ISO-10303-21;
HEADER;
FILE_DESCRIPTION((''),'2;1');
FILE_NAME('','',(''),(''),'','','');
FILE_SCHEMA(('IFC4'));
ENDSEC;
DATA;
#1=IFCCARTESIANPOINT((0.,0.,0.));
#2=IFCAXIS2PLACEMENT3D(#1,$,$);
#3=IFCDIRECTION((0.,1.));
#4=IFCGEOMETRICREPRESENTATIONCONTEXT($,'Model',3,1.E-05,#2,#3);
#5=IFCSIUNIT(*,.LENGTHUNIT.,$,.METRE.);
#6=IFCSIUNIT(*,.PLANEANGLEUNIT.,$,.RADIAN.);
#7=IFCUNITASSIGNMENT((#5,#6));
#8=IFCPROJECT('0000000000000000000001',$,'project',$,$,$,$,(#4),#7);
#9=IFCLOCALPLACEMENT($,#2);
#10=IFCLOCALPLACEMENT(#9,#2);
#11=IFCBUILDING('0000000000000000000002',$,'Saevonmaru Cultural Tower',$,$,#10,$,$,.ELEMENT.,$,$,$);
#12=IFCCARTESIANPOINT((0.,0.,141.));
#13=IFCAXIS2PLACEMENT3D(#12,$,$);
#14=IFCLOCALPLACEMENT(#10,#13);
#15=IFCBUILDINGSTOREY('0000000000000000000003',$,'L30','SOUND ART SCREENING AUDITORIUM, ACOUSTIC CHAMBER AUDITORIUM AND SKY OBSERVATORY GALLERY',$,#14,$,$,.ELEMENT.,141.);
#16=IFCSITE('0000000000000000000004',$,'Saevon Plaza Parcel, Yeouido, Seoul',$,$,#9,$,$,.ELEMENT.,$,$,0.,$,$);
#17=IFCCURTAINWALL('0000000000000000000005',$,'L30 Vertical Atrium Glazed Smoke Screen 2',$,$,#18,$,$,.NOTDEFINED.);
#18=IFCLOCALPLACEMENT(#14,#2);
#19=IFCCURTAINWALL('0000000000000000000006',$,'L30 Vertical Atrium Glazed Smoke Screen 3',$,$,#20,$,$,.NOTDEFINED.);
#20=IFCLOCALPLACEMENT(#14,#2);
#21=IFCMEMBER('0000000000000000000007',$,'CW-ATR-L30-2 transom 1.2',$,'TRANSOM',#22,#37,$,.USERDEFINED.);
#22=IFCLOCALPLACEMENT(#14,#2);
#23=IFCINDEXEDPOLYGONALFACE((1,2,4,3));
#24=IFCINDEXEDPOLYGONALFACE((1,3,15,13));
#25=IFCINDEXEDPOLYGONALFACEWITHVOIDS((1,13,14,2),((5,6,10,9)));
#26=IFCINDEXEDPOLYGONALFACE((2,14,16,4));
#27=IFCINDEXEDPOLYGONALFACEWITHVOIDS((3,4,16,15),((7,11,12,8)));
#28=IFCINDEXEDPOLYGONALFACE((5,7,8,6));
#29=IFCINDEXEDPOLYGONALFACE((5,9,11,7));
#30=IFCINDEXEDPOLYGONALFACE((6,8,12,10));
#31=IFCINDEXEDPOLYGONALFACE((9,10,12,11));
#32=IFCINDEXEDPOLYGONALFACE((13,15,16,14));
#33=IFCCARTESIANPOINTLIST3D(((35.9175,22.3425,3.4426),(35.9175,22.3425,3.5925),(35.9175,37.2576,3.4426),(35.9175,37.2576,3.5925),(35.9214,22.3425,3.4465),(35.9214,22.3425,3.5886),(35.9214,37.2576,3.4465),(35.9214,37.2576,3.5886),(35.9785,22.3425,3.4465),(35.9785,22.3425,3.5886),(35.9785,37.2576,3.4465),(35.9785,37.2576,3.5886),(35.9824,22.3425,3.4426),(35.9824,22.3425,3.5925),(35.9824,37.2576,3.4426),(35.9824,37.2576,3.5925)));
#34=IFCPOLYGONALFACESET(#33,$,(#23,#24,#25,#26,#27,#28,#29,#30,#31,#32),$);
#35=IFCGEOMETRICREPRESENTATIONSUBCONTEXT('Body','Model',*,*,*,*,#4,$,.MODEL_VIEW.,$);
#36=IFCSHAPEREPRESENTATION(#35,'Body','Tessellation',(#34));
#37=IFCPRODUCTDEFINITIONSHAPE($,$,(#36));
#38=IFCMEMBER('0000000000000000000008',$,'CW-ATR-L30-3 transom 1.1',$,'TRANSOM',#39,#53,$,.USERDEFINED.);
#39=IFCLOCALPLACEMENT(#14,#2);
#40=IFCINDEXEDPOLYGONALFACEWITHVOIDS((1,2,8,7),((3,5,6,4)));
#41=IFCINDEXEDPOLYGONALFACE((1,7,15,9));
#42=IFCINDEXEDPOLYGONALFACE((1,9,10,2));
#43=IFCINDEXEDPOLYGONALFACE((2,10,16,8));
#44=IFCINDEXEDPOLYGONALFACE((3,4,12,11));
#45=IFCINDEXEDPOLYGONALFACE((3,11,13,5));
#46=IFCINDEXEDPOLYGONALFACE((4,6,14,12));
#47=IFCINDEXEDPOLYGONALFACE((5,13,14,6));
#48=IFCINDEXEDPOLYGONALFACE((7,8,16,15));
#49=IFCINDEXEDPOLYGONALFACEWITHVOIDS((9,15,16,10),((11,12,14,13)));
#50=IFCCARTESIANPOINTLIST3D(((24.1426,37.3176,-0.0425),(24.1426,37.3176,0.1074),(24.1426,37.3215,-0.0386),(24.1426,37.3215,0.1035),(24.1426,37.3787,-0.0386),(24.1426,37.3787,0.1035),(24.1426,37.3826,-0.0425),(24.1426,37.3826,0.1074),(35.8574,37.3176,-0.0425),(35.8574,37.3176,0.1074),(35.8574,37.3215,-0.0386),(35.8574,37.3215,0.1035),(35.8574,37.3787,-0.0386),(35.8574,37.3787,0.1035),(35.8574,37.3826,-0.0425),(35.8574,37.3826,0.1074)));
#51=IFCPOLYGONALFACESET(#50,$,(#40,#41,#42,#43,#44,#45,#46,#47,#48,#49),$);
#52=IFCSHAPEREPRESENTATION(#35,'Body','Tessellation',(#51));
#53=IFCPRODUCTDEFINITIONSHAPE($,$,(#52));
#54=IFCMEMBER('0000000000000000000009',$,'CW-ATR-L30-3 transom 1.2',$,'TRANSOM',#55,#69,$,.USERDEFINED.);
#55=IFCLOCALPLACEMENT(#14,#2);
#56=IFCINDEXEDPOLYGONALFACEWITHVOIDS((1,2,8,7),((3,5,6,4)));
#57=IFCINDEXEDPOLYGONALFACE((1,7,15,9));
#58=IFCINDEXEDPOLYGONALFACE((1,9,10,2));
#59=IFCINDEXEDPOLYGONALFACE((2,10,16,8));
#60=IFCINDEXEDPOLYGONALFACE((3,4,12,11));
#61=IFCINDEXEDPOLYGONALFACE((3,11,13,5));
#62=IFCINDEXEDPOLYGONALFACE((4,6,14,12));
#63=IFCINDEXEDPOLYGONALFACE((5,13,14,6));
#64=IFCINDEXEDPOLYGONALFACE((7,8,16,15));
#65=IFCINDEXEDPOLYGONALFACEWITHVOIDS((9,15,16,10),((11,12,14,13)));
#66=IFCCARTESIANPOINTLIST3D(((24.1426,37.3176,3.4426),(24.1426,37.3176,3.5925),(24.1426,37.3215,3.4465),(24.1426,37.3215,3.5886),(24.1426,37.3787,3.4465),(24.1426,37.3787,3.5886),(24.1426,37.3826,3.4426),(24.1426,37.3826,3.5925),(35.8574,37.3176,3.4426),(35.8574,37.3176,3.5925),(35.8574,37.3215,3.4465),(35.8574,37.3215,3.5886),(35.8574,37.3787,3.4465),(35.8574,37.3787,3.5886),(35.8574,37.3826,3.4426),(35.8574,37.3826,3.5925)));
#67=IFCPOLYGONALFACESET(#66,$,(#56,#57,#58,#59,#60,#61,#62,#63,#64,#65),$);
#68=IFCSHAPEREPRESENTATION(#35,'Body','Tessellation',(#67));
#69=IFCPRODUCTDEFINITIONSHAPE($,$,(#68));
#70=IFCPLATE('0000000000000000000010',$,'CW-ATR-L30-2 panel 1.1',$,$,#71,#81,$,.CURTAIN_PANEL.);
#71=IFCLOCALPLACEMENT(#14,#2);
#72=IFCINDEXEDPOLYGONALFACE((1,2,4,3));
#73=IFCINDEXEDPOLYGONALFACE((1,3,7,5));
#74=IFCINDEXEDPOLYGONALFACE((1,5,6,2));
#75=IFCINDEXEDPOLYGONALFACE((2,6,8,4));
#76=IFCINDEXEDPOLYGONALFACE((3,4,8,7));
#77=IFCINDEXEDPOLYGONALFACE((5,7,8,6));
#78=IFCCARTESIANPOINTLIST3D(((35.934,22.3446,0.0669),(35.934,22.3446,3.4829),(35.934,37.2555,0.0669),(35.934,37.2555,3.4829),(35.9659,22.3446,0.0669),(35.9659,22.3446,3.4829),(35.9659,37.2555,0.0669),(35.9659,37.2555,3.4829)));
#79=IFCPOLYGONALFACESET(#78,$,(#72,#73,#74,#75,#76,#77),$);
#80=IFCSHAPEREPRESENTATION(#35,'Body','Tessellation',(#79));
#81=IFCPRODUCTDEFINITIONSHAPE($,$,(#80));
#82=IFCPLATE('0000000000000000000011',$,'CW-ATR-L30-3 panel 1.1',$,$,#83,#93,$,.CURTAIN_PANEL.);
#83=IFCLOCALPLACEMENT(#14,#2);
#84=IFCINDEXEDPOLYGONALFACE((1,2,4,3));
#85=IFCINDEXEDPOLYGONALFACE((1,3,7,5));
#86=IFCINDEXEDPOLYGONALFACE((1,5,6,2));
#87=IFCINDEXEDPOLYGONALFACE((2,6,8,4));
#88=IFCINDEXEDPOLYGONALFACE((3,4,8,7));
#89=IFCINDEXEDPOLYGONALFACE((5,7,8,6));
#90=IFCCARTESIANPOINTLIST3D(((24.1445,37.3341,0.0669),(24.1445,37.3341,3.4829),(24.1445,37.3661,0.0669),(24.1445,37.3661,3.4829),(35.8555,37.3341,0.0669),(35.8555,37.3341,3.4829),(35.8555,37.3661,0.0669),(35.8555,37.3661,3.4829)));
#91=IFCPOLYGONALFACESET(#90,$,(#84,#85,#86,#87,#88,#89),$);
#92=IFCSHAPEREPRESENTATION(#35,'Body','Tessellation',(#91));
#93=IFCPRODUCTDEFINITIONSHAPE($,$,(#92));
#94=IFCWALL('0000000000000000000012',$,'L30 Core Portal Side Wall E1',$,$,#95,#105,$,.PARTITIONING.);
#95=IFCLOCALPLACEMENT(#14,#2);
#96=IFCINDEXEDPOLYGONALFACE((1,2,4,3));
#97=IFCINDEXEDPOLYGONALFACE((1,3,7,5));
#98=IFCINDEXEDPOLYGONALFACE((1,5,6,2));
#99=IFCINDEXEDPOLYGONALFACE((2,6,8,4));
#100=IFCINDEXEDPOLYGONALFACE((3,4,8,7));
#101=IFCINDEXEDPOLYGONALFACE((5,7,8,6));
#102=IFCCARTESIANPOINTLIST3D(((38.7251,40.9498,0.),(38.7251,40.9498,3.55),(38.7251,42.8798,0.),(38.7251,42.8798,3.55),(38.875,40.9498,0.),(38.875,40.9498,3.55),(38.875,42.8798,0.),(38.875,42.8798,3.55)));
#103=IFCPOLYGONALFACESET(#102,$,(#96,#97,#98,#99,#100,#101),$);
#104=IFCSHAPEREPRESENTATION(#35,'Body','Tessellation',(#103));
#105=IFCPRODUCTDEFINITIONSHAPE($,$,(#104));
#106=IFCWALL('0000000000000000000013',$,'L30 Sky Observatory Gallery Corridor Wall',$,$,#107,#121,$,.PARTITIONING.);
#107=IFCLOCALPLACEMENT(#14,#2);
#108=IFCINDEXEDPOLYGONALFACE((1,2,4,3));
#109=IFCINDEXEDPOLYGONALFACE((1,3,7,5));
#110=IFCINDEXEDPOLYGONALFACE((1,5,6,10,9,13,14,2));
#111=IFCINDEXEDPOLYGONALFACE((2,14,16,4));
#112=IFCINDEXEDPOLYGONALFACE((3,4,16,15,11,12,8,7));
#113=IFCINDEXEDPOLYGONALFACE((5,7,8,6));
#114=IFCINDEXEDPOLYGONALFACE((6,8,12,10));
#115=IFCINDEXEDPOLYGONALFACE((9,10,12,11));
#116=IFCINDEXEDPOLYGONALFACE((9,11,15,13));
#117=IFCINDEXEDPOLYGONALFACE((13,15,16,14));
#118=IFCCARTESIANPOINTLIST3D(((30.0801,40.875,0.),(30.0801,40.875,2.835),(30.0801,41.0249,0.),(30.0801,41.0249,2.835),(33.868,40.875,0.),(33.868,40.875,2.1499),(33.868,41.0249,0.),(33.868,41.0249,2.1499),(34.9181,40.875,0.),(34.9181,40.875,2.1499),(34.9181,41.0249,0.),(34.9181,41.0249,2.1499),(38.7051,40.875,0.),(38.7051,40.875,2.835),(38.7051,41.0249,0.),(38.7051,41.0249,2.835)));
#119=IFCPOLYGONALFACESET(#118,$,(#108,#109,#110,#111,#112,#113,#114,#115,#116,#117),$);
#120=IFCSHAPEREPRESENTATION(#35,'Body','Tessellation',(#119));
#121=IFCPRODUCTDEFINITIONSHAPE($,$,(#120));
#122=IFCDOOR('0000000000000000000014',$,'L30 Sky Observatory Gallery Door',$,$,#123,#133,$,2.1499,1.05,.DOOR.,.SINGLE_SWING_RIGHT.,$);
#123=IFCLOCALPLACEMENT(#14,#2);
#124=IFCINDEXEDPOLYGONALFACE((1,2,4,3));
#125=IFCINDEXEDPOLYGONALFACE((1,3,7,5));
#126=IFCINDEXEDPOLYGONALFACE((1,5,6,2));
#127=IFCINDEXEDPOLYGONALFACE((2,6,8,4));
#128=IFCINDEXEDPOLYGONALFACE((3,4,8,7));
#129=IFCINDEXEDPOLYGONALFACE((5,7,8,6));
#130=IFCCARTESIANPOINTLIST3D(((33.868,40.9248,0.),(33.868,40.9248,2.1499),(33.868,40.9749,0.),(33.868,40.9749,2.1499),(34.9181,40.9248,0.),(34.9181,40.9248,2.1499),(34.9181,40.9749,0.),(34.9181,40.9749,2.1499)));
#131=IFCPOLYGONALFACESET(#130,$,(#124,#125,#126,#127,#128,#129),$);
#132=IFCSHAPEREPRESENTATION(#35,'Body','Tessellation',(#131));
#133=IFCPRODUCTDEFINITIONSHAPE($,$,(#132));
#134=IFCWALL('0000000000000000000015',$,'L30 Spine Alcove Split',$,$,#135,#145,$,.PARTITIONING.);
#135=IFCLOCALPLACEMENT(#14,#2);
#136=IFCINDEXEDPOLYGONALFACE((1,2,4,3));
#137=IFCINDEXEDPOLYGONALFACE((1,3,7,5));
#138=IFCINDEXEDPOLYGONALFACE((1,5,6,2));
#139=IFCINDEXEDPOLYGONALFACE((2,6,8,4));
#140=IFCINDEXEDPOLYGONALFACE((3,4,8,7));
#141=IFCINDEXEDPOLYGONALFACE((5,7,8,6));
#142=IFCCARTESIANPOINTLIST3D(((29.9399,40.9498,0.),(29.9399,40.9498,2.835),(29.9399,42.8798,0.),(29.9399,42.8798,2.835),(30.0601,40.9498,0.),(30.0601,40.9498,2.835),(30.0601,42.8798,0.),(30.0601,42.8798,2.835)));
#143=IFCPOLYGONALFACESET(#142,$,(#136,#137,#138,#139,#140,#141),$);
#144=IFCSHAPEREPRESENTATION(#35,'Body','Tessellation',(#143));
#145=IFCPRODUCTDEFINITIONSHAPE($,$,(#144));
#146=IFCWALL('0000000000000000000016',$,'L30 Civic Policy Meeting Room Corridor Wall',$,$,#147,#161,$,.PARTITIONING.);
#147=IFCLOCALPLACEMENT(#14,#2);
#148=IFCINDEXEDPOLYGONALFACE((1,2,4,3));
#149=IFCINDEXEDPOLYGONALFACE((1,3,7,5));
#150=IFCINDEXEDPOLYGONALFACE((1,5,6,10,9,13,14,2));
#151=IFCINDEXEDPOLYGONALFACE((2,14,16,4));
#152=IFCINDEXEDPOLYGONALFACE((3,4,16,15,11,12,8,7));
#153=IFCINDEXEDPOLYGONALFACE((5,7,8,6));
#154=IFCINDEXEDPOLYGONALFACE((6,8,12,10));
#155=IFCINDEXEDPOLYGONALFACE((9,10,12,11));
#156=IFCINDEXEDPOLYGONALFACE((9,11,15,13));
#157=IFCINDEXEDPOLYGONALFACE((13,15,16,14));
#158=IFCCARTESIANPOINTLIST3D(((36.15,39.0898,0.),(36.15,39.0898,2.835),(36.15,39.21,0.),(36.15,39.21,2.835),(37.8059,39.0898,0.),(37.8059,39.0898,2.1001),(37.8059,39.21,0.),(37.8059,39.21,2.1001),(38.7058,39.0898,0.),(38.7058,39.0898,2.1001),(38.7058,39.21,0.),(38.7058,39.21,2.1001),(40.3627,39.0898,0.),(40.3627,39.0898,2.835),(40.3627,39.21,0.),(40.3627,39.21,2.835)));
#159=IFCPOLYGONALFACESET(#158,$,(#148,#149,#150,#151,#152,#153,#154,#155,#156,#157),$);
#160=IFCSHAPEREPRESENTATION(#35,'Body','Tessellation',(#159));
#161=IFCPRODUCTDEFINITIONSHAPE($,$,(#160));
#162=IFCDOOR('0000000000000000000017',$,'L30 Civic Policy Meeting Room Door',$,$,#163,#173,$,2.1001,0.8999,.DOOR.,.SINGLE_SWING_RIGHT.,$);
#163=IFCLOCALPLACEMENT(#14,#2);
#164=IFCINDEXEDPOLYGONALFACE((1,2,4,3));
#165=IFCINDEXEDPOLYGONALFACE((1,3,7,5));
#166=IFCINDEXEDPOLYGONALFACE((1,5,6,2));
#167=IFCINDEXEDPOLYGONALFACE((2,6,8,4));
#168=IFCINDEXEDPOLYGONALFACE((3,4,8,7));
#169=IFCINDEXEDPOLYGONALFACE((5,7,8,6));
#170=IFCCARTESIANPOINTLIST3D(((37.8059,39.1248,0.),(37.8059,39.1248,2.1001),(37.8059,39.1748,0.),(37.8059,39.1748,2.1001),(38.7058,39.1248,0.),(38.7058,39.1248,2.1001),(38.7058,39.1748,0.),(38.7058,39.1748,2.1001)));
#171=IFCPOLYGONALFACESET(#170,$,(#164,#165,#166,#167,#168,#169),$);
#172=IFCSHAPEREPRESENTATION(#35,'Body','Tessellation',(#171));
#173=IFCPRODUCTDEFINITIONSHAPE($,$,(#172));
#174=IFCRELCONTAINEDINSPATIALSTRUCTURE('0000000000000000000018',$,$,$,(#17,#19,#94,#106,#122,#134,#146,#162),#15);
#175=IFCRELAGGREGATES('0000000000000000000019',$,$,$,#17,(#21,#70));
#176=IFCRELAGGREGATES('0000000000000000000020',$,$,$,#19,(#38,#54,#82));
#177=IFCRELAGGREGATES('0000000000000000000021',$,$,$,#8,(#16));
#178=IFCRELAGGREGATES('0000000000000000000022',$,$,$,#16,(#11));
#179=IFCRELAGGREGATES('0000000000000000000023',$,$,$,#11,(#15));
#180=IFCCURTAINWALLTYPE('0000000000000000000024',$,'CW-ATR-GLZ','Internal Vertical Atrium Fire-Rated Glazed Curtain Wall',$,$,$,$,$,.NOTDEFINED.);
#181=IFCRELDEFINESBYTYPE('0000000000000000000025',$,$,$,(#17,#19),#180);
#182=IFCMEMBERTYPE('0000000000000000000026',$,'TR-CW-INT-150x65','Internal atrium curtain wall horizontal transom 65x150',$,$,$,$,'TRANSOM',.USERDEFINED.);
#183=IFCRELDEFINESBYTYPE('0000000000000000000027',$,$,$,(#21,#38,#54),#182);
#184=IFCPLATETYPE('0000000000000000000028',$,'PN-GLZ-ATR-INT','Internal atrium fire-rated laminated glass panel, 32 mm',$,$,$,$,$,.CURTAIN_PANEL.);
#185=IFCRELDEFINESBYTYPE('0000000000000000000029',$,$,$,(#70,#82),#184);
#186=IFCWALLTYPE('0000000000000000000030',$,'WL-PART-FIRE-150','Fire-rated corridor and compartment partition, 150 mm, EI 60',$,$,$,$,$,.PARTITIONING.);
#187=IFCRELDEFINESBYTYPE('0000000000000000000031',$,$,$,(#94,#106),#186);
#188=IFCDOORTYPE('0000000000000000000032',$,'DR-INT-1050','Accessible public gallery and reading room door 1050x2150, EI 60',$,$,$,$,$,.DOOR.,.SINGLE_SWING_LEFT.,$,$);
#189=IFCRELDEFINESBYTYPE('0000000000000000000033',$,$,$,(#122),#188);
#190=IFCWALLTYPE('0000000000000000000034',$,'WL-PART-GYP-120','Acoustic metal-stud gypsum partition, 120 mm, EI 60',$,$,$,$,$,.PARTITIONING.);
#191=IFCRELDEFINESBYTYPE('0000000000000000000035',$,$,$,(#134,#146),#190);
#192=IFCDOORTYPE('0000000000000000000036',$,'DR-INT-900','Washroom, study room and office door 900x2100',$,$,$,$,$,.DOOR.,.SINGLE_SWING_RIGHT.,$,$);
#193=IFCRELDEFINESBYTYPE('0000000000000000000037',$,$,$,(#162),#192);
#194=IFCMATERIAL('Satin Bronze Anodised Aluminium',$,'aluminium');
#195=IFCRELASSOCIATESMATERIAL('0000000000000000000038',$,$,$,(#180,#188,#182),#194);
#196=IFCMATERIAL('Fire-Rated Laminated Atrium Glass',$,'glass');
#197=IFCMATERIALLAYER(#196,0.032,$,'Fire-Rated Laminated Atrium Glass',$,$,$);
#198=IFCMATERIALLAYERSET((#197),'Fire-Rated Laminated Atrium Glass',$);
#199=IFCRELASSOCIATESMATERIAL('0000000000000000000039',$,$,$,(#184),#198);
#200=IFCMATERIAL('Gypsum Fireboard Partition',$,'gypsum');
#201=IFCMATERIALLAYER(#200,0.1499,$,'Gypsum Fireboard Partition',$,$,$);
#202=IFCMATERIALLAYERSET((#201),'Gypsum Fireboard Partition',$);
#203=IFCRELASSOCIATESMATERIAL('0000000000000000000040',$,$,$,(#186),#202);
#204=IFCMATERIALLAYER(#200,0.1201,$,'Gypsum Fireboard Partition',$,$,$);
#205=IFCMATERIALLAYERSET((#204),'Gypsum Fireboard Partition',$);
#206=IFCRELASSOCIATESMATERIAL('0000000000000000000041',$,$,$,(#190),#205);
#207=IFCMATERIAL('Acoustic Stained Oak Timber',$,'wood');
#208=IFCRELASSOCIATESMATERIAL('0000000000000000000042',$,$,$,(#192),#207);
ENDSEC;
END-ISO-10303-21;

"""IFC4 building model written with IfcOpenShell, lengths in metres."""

from ifc_helpers import new_model, si_unit, direction, frame, frame_2d, origin, origin_2d, place, context, subcontext, project, spatial, rectangle, hollow_rectangle, extrude, material, layer, layer_set, material_profile, profile_set, type_object, element, fill, aggregate, save


model = new_model("IFC4")

# Units and contexts
model_context = context("Model", 3, precision=1e-05, world=origin(), true_north=direction((0.0, 1.0)))
body_context = subcontext(model_context, "Body", "Model", "MODEL_VIEW")
ifc_project = project(units=[si_unit("LENGTHUNIT", "METRE"), si_unit("PLANEANGLEUNIT", "RADIAN")], contexts=[model_context])

# Site, building, storey
site_placement = place(None, origin())
site = spatial("IfcSite", under=ifc_project, at=site_placement, Name="Saevon Plaza Parcel, Yeouido, Seoul", CompositionType="ELEMENT", RefElevation=0.0)
building_placement = place(site_placement, origin())
building = spatial("IfcBuilding", under=site, at=building_placement, Name="Saevonmaru Cultural Tower", CompositionType="ELEMENT")
storey_placement = place(building_placement, frame((0.0, 0.0, 141.0)))
storey = spatial("IfcBuildingStorey", under=building, at=storey_placement, Name="L30", Description="SOUND ART SCREENING AUDITORIUM, ACOUSTIC CHAMBER AUDITORIUM AND SKY OBSERVATORY GALLERY", CompositionType="ELEMENT", Elevation=141.0)

# Shared definitions
ifc_material_1 = material(Name="Satin Bronze Anodised Aluminium", Category="aluminium")
curtain_wall_type = type_object("IfcCurtainWallType", Name="CW-ATR-GLZ", Description="Internal Vertical Atrium Fire-Rated Glazed Curtain Wall", PredefinedType="NOTDEFINED", material=ifc_material_1)

# Curtain wall
curtain_wall_1_placement = place(storey_placement, origin())
curtain_wall_1 = element("IfcCurtainWall", 1, at=curtain_wall_1_placement, inside=storey, type_object=curtain_wall_type, Name="L30 Vertical Atrium Glazed Smoke Screen 2", PredefinedType="NOTDEFINED")

# Curtain wall
curtain_wall_2_placement = place(storey_placement, origin())
curtain_wall_2 = element("IfcCurtainWall", 2, at=curtain_wall_2_placement, inside=storey, type_object=curtain_wall_type, Name="L30 Vertical Atrium Glazed Smoke Screen 3", PredefinedType="NOTDEFINED")

# Members
ifc_material_profile_1 = material_profile(ifc_material_1, hollow_rectangle(XDim=0.0649, YDim=0.1499, WallThickness=0.0039, at=origin_2d()), Name="ALU-TRAN-150x65x4")
ifc_profile_set_1 = profile_set([ifc_material_profile_1], Name="Satin Bronze Anodised Aluminium")
member_type_1 = type_object("IfcMemberType", Name="TR-CW-INT-150x65", Description="Internal atrium curtain wall horizontal transom 65x150", ElementType="TRANSOM", PredefinedType="USERDEFINED", material=ifc_profile_set_1)
member_1_placement = place(storey_placement, frame((35.95, 22.3425, 3.5176), z_axis=(0.0, 1.0, 0.0), x_axis=(-1.0, 0.0, 0.0)))
member_1 = element("IfcMember", 3, at=member_1_placement, type_object=member_type_1, Name="CW-ATR-L30-2 transom 1.2", ObjectType="TRANSOM", PredefinedType="USERDEFINED", context=body_context, shape_type="SweptSolid", body=[
    extrude(hollow_rectangle(XDim=0.0649, YDim=0.1499, WallThickness=0.0039, at=origin_2d()), origin(), (0.0, 0.0, 1.0), 14.915),
])
member_2_placement = place(storey_placement, frame((35.8574, 37.3501, 0.0325), z_axis=(-1.0, 0.0, 0.0), x_axis=(0.0, -1.0, 0.0)))
member_2 = element("IfcMember", 4, at=member_2_placement, type_object=member_type_1, Name="CW-ATR-L30-3 transom 1.1", ObjectType="TRANSOM", PredefinedType="USERDEFINED", context=body_context, shape_type="SweptSolid", body=[
    extrude(hollow_rectangle(XDim=0.0649, YDim=0.1499, WallThickness=0.0039, at=origin_2d()), origin(), (0.0, 0.0, 1.0), 11.7148),
])
member_3_placement = place(storey_placement, frame((35.8574, 37.3501, 3.5176), z_axis=(-1.0, 0.0, 0.0), x_axis=(0.0, -1.0, 0.0)))
member_3 = element("IfcMember", 5, at=member_3_placement, type_object=member_type_1, Name="CW-ATR-L30-3 transom 1.2", ObjectType="TRANSOM", PredefinedType="USERDEFINED", context=body_context, shape_type="SweptSolid", body=[
    extrude(hollow_rectangle(XDim=0.0649, YDim=0.1499, WallThickness=0.0039, at=origin_2d()), origin(), (0.0, 0.0, 1.0), 11.7148),
])

# Plates
ifc_material_2 = material(Name="Fire-Rated Laminated Atrium Glass", Category="glass")
ifc_layer_1 = layer(ifc_material_2, 0.032, Name="Fire-Rated Laminated Atrium Glass")
ifc_layer_set_1 = layer_set([ifc_layer_1], Name="Fire-Rated Laminated Atrium Glass")
plate_type = type_object("IfcPlateType", Name="PN-GLZ-ATR-INT", Description="Internal atrium fire-rated laminated glass panel, 32 mm", PredefinedType="CURTAIN_PANEL", material=ifc_layer_set_1)
plate_1_placement = place(storey_placement, frame((35.95, 29.8, 0.0669), z_axis=(0.0, 0.0, 1.0), x_axis=(0.0, 1.0, 0.0)))
plate_1 = element("IfcPlate", 6, at=plate_1_placement, type_object=plate_type, Name="CW-ATR-L30-2 panel 1.1", PredefinedType="CURTAIN_PANEL", context=body_context, shape_type="SweptSolid", body=[
    extrude(rectangle(XDim=14.9109, YDim=0.032, at=origin_2d()), origin(), (0.0, 0.0, 1.0), 3.416),
])
aggregate(curtain_wall_1, [member_1, plate_1])
plate_2_placement = place(storey_placement, frame((30.0, 37.3501, 0.0669), z_axis=(0.0, 0.0, 1.0), x_axis=(-1.0, 0.0, 0.0)))
plate_2 = element("IfcPlate", 7, at=plate_2_placement, type_object=plate_type, Name="CW-ATR-L30-3 panel 1.1", PredefinedType="CURTAIN_PANEL", context=body_context, shape_type="SweptSolid", body=[
    extrude(rectangle(XDim=11.7109, YDim=0.032, at=origin_2d()), origin(), (0.0, 0.0, 1.0), 3.416),
])
aggregate(curtain_wall_2, [member_2, member_3, plate_2])

# Wall
ifc_material_3 = material(Name="Gypsum Fireboard Partition", Category="gypsum")
ifc_layer_2 = layer(ifc_material_3, 0.1499, Name="Gypsum Fireboard Partition")
ifc_layer_set_2 = layer_set([ifc_layer_2], Name="Gypsum Fireboard Partition")
wall_type_1 = type_object("IfcWallType", Name="WL-PART-FIRE-150", Description="Fire-rated corridor and compartment partition, 150 mm, EI 60", PredefinedType="PARTITIONING", material=ifc_layer_set_2)
wall_1_placement = place(storey_placement, frame((38.8, 40.95, 0.0), z_axis=(0.0, 0.0, 1.0), x_axis=(0.0, 1.0, 0.0)))
element("IfcWall", 8, at=wall_1_placement, inside=storey, type_object=wall_type_1, Name="L30 Core Portal Side Wall E1", PredefinedType="PARTITIONING", context=body_context, shape_type="SweptSolid", body=[
    extrude(rectangle(XDim=1.9299, YDim=0.1499, at=frame_2d((0.9648, 0.0))), origin(), (0.0, 0.0, 1.0), 3.55),
])

# Wall, opening, door
wall_2_placement = place(storey_placement, frame((30.0801, 40.95, 0.0), z_axis=(0.0, 0.0, 1.0), x_axis=(1.0, 0.0, 0.0)))
wall_2 = element("IfcWall", 9, at=wall_2_placement, inside=storey, type_object=wall_type_1, Name="L30 Sky Observatory Gallery Corridor Wall", PredefinedType="PARTITIONING", context=body_context, shape_type="SweptSolid", body=[
    extrude(rectangle(XDim=8.625, YDim=0.1499, at=frame_2d((4.3125, 0.0))), origin(), (0.0, 0.0, 1.0), 2.835),
])
opening_1_placement = place(wall_2_placement, frame((3.7881, 0.0, 0.0)))
opening_1 = element("IfcOpeningElement", 10, at=opening_1_placement, cuts=wall_2, PredefinedType="OPENING", context=body_context, shape_type="SweptSolid", body=[
    extrude(rectangle(XDim=1.05, YDim=2.1499, at=frame_2d((0.5249, 1.075))), frame((0.0, 0.085, 0.0), z_axis=(0.0, -1.0, 0.0), x_axis=(1.0, 0.0, 0.0)), (0.0, 0.0, 1.0), 0.1699),
])
door_type_1 = type_object("IfcDoorType", Name="DR-INT-1050", Description="Accessible public gallery and reading room door 1050x2150, EI 60", OperationType="SINGLE_SWING_LEFT", PredefinedType="DOOR", material=ifc_material_1)
door_1_placement = place(opening_1_placement, origin())
door_1 = element("IfcDoor", 11, at=door_1_placement, inside=storey, type_object=door_type_1, Name="L30 Sky Observatory Gallery Door", OperationType="SINGLE_SWING_RIGHT", OverallHeight=2.1499, OverallWidth=1.05, PredefinedType="DOOR", context=body_context, shape_type="SweptSolid", body=[
    extrude(rectangle(XDim=1.05, YDim=2.1499, at=frame_2d((0.5249, 1.075))), frame((0.0, 0.0249, 0.0), z_axis=(0.0, -1.0, 0.0), x_axis=(1.0, 0.0, 0.0)), (0.0, 0.0, 1.0), 0.05),
])
fill(opening_1, door_1)

# Wall
ifc_layer_3 = layer(ifc_material_3, 0.1201, Name="Gypsum Fireboard Partition")
ifc_layer_set_3 = layer_set([ifc_layer_3], Name="Gypsum Fireboard Partition")
wall_type_2 = type_object("IfcWallType", Name="WL-PART-GYP-120", Description="Acoustic metal-stud gypsum partition, 120 mm, EI 60", PredefinedType="PARTITIONING", material=ifc_layer_set_3)
wall_3_placement = place(storey_placement, frame((30.0, 40.95, 0.0), z_axis=(0.0, 0.0, 1.0), x_axis=(0.0, 1.0, 0.0)))
element("IfcWall", 12, at=wall_3_placement, inside=storey, type_object=wall_type_2, Name="L30 Spine Alcove Split", PredefinedType="PARTITIONING", context=body_context, shape_type="SweptSolid", body=[
    extrude(rectangle(XDim=1.9299, YDim=0.1201, at=frame_2d((0.9648, 0.0))), origin(), (0.0, 0.0, 1.0), 2.835),
])

# Wall, opening, door
wall_4_placement = place(storey_placement, frame((36.1499, 39.1499, 0.0), z_axis=(0.0, 0.0, 1.0), x_axis=(1.0, 0.0, 0.0)))
wall_4 = element("IfcWall", 13, at=wall_4_placement, inside=storey, type_object=wall_type_2, Name="L30 Civic Policy Meeting Room Corridor Wall", PredefinedType="PARTITIONING", context=body_context, shape_type="SweptSolid", body=[
    extrude(rectangle(XDim=4.2126, YDim=0.1201, at=frame_2d((2.1064, 0.0))), origin(), (0.0, 0.0, 1.0), 2.835),
])
opening_2_placement = place(wall_4_placement, frame((1.656, 0.0, 0.0)))
opening_2 = element("IfcOpeningElement", 14, at=opening_2_placement, cuts=wall_4, PredefinedType="OPENING", context=body_context, shape_type="SweptSolid", body=[
    extrude(rectangle(XDim=0.8999, YDim=2.1001, at=frame_2d((0.45, 1.05))), frame((0.0, 0.0701, 0.0), z_axis=(0.0, -1.0, 0.0), x_axis=(1.0, 0.0, 0.0)), (0.0, 0.0, 1.0), 0.1401),
])
ifc_material_4 = material(Name="Acoustic Stained Oak Timber", Category="wood")
door_type_2 = type_object("IfcDoorType", Name="DR-INT-900", Description="Washroom, study room and office door 900x2100", OperationType="SINGLE_SWING_RIGHT", PredefinedType="DOOR", material=ifc_material_4)
door_2_placement = place(opening_2_placement, origin())
door_2 = element("IfcDoor", 15, at=door_2_placement, inside=storey, type_object=door_type_2, Name="L30 Civic Policy Meeting Room Door", OperationType="SINGLE_SWING_RIGHT", OverallHeight=2.1001, OverallWidth=0.8999, PredefinedType="DOOR", context=body_context, shape_type="SweptSolid", body=[
    extrude(rectangle(XDim=0.8999, YDim=2.1001, at=frame_2d((0.45, 1.05))), frame((0.0, 0.0249, 0.0), z_axis=(0.0, -1.0, 0.0), x_axis=(1.0, 0.0, 0.0)), (0.0, 0.0, 1.0), 0.05),
])
fill(opening_2, door_2)

save(model, "model.ifc")
